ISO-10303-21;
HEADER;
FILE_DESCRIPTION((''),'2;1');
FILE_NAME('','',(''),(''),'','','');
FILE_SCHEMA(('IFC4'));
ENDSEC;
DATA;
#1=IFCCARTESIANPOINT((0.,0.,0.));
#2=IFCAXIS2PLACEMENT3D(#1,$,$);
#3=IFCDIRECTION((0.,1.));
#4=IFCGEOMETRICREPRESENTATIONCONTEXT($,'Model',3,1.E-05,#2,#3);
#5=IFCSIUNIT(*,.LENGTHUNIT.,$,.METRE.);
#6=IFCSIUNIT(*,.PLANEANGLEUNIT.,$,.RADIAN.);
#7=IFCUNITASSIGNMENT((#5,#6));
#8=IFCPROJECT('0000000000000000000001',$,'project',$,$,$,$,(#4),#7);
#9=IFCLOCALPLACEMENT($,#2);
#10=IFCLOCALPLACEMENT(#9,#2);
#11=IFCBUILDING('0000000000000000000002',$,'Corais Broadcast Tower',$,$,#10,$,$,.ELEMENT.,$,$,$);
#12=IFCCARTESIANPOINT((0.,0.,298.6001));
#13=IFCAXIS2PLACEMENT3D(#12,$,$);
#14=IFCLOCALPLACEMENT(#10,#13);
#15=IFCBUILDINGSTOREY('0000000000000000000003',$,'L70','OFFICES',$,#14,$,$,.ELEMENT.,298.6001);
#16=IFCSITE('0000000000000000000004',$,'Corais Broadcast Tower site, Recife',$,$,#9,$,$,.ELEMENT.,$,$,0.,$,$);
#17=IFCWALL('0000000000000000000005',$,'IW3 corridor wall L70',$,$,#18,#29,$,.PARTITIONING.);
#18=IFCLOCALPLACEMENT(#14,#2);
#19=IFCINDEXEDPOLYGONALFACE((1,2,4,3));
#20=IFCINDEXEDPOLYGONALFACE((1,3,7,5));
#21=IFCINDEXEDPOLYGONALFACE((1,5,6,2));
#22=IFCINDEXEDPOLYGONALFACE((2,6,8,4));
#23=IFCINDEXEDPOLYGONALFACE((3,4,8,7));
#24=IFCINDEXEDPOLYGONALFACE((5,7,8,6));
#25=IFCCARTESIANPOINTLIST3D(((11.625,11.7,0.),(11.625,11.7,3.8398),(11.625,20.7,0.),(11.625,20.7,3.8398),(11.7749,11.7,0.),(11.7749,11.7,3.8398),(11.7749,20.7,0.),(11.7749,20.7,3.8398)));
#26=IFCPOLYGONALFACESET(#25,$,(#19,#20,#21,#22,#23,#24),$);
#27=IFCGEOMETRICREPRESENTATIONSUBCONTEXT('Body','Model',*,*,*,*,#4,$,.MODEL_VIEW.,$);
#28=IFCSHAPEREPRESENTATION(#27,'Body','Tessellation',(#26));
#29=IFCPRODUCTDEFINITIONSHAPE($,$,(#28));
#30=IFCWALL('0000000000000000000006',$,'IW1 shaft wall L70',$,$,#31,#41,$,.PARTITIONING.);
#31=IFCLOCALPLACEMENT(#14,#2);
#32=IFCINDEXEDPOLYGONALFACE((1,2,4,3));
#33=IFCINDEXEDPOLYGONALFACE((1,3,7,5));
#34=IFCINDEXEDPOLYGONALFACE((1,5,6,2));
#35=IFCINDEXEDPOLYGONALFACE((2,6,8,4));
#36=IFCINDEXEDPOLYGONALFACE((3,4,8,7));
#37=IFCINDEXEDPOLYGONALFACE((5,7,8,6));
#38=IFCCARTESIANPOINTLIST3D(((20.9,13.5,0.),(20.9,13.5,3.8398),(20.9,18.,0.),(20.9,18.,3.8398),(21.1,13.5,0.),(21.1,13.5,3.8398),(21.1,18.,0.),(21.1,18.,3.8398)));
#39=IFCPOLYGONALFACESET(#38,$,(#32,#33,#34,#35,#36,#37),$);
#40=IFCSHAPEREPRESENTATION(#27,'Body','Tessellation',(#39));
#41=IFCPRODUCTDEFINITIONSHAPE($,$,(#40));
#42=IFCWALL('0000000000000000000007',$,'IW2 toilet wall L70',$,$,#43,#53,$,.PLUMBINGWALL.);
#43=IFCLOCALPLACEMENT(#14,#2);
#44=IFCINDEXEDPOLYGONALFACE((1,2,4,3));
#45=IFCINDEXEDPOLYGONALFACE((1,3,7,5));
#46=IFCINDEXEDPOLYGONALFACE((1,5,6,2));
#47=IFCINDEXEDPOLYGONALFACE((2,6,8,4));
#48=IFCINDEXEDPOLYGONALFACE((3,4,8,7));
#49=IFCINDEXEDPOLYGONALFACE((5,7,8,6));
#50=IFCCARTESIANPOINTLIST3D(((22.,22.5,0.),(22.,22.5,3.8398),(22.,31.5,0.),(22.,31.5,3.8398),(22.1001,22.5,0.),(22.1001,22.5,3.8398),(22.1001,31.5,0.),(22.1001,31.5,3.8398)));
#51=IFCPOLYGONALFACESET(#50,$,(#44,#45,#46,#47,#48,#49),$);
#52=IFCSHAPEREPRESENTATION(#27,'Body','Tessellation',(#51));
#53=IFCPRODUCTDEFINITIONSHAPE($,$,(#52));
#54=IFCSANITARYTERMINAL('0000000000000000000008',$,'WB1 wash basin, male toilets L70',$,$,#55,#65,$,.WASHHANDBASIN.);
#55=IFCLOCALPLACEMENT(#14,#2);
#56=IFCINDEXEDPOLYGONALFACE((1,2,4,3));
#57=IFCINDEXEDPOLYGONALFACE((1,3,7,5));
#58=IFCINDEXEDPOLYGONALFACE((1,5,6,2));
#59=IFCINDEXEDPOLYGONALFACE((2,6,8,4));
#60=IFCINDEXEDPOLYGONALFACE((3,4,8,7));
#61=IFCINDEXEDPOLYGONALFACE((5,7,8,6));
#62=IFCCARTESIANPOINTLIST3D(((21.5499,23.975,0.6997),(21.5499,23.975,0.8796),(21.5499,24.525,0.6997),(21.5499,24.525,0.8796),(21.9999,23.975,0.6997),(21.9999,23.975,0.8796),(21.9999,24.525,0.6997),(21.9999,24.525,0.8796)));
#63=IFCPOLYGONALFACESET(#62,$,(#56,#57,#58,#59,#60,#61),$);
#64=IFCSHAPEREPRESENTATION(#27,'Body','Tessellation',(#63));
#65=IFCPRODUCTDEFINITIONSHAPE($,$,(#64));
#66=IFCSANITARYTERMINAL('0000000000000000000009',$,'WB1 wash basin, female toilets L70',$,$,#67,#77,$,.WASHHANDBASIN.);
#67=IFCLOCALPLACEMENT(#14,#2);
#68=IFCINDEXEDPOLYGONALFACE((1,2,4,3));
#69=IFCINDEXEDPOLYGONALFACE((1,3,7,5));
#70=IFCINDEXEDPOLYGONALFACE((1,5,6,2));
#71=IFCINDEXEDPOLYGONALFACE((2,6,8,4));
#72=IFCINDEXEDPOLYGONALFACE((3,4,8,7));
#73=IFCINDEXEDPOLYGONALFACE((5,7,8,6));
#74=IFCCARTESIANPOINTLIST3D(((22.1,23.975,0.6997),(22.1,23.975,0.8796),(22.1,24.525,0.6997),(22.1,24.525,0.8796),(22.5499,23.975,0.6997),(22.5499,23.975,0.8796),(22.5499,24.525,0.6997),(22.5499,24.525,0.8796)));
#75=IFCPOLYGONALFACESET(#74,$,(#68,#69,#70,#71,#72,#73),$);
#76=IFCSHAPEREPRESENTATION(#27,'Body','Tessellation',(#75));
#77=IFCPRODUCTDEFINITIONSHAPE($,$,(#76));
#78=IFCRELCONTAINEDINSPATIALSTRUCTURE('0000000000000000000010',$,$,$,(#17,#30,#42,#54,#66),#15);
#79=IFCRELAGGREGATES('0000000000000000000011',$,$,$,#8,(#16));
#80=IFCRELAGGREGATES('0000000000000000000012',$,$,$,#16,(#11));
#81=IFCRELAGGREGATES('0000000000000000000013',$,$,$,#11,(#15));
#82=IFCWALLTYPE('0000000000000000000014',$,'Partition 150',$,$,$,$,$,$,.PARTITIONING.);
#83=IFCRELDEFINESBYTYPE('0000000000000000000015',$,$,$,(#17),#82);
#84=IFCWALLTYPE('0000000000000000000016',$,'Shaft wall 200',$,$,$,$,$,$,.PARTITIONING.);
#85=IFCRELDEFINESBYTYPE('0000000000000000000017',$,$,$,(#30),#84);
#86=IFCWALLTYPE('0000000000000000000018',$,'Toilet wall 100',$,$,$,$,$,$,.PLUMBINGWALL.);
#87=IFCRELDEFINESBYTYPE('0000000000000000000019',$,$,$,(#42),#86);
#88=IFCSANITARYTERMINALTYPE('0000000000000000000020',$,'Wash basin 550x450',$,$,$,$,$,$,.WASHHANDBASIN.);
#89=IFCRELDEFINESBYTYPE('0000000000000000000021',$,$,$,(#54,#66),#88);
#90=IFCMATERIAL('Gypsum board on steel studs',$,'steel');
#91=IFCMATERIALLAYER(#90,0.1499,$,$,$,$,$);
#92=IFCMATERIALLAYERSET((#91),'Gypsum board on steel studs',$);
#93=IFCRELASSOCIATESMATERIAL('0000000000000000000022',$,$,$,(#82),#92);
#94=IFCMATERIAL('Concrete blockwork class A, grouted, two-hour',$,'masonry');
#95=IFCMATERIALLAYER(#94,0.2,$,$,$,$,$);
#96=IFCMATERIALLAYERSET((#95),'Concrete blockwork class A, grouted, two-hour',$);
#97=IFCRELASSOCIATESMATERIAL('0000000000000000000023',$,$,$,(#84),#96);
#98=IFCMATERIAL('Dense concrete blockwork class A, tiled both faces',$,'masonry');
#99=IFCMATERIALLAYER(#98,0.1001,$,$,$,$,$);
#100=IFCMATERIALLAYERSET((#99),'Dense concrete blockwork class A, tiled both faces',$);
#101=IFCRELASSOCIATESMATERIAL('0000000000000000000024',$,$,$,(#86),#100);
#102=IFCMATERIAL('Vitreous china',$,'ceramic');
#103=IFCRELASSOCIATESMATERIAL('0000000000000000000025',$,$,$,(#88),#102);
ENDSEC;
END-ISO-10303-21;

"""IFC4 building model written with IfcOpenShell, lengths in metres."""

from ifc_helpers import new_model, si_unit, direction, frame, frame_2d, origin, origin_2d, place, context, subcontext, project, spatial, rectangle, extrude, material, layer, layer_set, type_object, element, save


model = new_model("IFC4")

# Units and contexts
model_context = context("Model", 3, precision=1e-05, world=origin(), true_north=direction((0.0, 1.0)))
body_context = subcontext(model_context, "Body", "Model", "MODEL_VIEW")
ifc_project = project(units=[si_unit("LENGTHUNIT", "METRE"), si_unit("PLANEANGLEUNIT", "RADIAN")], contexts=[model_context])

# Site, building, storey
site_placement = place(None, origin())
site = spatial("IfcSite", under=ifc_project, at=site_placement, Name="Corais Broadcast Tower site, Recife", CompositionType="ELEMENT", RefElevation=0.0)
building_placement = place(site_placement, origin())
building = spatial("IfcBuilding", under=site, at=building_placement, Name="Corais Broadcast Tower", CompositionType="ELEMENT")
storey_placement = place(building_placement, frame((0.0, 0.0, 298.6001)))
storey = spatial("IfcBuildingStorey", under=building, at=storey_placement, Name="L70", Description="OFFICES", CompositionType="ELEMENT", Elevation=298.6001)

# Walls
ifc_material_1 = material(Name="Gypsum board on steel studs", Category="steel")
ifc_layer_1 = layer(ifc_material_1, 0.1499)
ifc_layer_set_1 = layer_set([ifc_layer_1], Name="Gypsum board on steel studs")
wall_type_1 = type_object("IfcWallType", Name="Partition 150", PredefinedType="PARTITIONING", material=ifc_layer_set_1)
wall_1_placement = place(storey_placement, frame((11.7, 20.7, 0.0), z_axis=(0.0, 0.0, 1.0), x_axis=(0.0, -1.0, 0.0)))
element("IfcWall", 1, at=wall_1_placement, inside=storey, type_object=wall_type_1, Name="IW3 corridor wall L70", PredefinedType="PARTITIONING", context=body_context, shape_type="SweptSolid", body=[
    extrude(rectangle(XDim=9.0, YDim=0.1499, at=frame_2d((4.5, 0.0))), origin(), (0.0, 0.0, 1.0), 3.8398),
])
ifc_material_2 = material(Name="Concrete blockwork class A, grouted, two-hour", Category="masonry")
ifc_layer_2 = layer(ifc_material_2, 0.2)
ifc_layer_set_2 = layer_set([ifc_layer_2], Name="Concrete blockwork class A, grouted, two-hour")
wall_type_2 = type_object("IfcWallType", Name="Shaft wall 200", PredefinedType="PARTITIONING", material=ifc_layer_set_2)
wall_2_placement = place(storey_placement, frame((21.0, 13.5, 0.0), z_axis=(0.0, 0.0, 1.0), x_axis=(0.0, 1.0, 0.0)))
element("IfcWall", 2, at=wall_2_placement, inside=storey, type_object=wall_type_2, Name="IW1 shaft wall L70", PredefinedType="PARTITIONING", context=body_context, shape_type="SweptSolid", body=[
    extrude(rectangle(XDim=4.5, YDim=0.2, at=frame_2d((2.25, 0.0))), origin(), (0.0, 0.0, 1.0), 3.8398),
])
ifc_material_3 = material(Name="Dense concrete blockwork class A, tiled both faces", Category="masonry")
ifc_layer_3 = layer(ifc_material_3, 0.1001)
ifc_layer_set_3 = layer_set([ifc_layer_3], Name="Dense concrete blockwork class A, tiled both faces")
wall_type_3 = type_object("IfcWallType", Name="Toilet wall 100", PredefinedType="PLUMBINGWALL", material=ifc_layer_set_3)
wall_3_placement = place(storey_placement, frame((22.05, 22.5, 0.0), z_axis=(0.0, 0.0, 1.0), x_axis=(0.0, 1.0, 0.0)))
element("IfcWall", 3, at=wall_3_placement, inside=storey, type_object=wall_type_3, Name="IW2 toilet wall L70", PredefinedType="PLUMBINGWALL", context=body_context, shape_type="SweptSolid", body=[
    extrude(rectangle(XDim=9.0, YDim=0.1001, at=frame_2d((4.5, 0.0))), origin(), (0.0, 0.0, 1.0), 3.8398),
])

# Sanitary terminals
ifc_material_4 = material(Name="Vitreous china", Category="ceramic")
sanitary_terminal_type = type_object("IfcSanitaryTerminalType", Name="Wash basin 550x450", PredefinedType="WASHHANDBASIN", material=ifc_material_4)
for number, where, z_axis, x_axis, name in (
    (4, (21.7749, 24.25, 0.6997), (0.0, 0.0, 1.0), (1.0, 0.0, 0.0), "WB1 wash basin, male toilets L70"),
    (5, (22.325, 24.25, 0.6997), (0.0, 0.0, 1.0), (1.0, 0.0, 0.0), "WB1 wash basin, female toilets L70"),
):
    element("IfcSanitaryTerminal", number, at=place(storey_placement, frame(where, z_axis=z_axis, x_axis=x_axis)), inside=storey, type_object=sanitary_terminal_type, Name=name, PredefinedType="WASHHANDBASIN", context=body_context, shape_type="SweptSolid", body=[
        extrude(rectangle(XDim=0.45, YDim=0.55, at=origin_2d()), origin(), (0.0, 0.0, 1.0), 0.1799),
    ])

save(model, "model.ifc")
